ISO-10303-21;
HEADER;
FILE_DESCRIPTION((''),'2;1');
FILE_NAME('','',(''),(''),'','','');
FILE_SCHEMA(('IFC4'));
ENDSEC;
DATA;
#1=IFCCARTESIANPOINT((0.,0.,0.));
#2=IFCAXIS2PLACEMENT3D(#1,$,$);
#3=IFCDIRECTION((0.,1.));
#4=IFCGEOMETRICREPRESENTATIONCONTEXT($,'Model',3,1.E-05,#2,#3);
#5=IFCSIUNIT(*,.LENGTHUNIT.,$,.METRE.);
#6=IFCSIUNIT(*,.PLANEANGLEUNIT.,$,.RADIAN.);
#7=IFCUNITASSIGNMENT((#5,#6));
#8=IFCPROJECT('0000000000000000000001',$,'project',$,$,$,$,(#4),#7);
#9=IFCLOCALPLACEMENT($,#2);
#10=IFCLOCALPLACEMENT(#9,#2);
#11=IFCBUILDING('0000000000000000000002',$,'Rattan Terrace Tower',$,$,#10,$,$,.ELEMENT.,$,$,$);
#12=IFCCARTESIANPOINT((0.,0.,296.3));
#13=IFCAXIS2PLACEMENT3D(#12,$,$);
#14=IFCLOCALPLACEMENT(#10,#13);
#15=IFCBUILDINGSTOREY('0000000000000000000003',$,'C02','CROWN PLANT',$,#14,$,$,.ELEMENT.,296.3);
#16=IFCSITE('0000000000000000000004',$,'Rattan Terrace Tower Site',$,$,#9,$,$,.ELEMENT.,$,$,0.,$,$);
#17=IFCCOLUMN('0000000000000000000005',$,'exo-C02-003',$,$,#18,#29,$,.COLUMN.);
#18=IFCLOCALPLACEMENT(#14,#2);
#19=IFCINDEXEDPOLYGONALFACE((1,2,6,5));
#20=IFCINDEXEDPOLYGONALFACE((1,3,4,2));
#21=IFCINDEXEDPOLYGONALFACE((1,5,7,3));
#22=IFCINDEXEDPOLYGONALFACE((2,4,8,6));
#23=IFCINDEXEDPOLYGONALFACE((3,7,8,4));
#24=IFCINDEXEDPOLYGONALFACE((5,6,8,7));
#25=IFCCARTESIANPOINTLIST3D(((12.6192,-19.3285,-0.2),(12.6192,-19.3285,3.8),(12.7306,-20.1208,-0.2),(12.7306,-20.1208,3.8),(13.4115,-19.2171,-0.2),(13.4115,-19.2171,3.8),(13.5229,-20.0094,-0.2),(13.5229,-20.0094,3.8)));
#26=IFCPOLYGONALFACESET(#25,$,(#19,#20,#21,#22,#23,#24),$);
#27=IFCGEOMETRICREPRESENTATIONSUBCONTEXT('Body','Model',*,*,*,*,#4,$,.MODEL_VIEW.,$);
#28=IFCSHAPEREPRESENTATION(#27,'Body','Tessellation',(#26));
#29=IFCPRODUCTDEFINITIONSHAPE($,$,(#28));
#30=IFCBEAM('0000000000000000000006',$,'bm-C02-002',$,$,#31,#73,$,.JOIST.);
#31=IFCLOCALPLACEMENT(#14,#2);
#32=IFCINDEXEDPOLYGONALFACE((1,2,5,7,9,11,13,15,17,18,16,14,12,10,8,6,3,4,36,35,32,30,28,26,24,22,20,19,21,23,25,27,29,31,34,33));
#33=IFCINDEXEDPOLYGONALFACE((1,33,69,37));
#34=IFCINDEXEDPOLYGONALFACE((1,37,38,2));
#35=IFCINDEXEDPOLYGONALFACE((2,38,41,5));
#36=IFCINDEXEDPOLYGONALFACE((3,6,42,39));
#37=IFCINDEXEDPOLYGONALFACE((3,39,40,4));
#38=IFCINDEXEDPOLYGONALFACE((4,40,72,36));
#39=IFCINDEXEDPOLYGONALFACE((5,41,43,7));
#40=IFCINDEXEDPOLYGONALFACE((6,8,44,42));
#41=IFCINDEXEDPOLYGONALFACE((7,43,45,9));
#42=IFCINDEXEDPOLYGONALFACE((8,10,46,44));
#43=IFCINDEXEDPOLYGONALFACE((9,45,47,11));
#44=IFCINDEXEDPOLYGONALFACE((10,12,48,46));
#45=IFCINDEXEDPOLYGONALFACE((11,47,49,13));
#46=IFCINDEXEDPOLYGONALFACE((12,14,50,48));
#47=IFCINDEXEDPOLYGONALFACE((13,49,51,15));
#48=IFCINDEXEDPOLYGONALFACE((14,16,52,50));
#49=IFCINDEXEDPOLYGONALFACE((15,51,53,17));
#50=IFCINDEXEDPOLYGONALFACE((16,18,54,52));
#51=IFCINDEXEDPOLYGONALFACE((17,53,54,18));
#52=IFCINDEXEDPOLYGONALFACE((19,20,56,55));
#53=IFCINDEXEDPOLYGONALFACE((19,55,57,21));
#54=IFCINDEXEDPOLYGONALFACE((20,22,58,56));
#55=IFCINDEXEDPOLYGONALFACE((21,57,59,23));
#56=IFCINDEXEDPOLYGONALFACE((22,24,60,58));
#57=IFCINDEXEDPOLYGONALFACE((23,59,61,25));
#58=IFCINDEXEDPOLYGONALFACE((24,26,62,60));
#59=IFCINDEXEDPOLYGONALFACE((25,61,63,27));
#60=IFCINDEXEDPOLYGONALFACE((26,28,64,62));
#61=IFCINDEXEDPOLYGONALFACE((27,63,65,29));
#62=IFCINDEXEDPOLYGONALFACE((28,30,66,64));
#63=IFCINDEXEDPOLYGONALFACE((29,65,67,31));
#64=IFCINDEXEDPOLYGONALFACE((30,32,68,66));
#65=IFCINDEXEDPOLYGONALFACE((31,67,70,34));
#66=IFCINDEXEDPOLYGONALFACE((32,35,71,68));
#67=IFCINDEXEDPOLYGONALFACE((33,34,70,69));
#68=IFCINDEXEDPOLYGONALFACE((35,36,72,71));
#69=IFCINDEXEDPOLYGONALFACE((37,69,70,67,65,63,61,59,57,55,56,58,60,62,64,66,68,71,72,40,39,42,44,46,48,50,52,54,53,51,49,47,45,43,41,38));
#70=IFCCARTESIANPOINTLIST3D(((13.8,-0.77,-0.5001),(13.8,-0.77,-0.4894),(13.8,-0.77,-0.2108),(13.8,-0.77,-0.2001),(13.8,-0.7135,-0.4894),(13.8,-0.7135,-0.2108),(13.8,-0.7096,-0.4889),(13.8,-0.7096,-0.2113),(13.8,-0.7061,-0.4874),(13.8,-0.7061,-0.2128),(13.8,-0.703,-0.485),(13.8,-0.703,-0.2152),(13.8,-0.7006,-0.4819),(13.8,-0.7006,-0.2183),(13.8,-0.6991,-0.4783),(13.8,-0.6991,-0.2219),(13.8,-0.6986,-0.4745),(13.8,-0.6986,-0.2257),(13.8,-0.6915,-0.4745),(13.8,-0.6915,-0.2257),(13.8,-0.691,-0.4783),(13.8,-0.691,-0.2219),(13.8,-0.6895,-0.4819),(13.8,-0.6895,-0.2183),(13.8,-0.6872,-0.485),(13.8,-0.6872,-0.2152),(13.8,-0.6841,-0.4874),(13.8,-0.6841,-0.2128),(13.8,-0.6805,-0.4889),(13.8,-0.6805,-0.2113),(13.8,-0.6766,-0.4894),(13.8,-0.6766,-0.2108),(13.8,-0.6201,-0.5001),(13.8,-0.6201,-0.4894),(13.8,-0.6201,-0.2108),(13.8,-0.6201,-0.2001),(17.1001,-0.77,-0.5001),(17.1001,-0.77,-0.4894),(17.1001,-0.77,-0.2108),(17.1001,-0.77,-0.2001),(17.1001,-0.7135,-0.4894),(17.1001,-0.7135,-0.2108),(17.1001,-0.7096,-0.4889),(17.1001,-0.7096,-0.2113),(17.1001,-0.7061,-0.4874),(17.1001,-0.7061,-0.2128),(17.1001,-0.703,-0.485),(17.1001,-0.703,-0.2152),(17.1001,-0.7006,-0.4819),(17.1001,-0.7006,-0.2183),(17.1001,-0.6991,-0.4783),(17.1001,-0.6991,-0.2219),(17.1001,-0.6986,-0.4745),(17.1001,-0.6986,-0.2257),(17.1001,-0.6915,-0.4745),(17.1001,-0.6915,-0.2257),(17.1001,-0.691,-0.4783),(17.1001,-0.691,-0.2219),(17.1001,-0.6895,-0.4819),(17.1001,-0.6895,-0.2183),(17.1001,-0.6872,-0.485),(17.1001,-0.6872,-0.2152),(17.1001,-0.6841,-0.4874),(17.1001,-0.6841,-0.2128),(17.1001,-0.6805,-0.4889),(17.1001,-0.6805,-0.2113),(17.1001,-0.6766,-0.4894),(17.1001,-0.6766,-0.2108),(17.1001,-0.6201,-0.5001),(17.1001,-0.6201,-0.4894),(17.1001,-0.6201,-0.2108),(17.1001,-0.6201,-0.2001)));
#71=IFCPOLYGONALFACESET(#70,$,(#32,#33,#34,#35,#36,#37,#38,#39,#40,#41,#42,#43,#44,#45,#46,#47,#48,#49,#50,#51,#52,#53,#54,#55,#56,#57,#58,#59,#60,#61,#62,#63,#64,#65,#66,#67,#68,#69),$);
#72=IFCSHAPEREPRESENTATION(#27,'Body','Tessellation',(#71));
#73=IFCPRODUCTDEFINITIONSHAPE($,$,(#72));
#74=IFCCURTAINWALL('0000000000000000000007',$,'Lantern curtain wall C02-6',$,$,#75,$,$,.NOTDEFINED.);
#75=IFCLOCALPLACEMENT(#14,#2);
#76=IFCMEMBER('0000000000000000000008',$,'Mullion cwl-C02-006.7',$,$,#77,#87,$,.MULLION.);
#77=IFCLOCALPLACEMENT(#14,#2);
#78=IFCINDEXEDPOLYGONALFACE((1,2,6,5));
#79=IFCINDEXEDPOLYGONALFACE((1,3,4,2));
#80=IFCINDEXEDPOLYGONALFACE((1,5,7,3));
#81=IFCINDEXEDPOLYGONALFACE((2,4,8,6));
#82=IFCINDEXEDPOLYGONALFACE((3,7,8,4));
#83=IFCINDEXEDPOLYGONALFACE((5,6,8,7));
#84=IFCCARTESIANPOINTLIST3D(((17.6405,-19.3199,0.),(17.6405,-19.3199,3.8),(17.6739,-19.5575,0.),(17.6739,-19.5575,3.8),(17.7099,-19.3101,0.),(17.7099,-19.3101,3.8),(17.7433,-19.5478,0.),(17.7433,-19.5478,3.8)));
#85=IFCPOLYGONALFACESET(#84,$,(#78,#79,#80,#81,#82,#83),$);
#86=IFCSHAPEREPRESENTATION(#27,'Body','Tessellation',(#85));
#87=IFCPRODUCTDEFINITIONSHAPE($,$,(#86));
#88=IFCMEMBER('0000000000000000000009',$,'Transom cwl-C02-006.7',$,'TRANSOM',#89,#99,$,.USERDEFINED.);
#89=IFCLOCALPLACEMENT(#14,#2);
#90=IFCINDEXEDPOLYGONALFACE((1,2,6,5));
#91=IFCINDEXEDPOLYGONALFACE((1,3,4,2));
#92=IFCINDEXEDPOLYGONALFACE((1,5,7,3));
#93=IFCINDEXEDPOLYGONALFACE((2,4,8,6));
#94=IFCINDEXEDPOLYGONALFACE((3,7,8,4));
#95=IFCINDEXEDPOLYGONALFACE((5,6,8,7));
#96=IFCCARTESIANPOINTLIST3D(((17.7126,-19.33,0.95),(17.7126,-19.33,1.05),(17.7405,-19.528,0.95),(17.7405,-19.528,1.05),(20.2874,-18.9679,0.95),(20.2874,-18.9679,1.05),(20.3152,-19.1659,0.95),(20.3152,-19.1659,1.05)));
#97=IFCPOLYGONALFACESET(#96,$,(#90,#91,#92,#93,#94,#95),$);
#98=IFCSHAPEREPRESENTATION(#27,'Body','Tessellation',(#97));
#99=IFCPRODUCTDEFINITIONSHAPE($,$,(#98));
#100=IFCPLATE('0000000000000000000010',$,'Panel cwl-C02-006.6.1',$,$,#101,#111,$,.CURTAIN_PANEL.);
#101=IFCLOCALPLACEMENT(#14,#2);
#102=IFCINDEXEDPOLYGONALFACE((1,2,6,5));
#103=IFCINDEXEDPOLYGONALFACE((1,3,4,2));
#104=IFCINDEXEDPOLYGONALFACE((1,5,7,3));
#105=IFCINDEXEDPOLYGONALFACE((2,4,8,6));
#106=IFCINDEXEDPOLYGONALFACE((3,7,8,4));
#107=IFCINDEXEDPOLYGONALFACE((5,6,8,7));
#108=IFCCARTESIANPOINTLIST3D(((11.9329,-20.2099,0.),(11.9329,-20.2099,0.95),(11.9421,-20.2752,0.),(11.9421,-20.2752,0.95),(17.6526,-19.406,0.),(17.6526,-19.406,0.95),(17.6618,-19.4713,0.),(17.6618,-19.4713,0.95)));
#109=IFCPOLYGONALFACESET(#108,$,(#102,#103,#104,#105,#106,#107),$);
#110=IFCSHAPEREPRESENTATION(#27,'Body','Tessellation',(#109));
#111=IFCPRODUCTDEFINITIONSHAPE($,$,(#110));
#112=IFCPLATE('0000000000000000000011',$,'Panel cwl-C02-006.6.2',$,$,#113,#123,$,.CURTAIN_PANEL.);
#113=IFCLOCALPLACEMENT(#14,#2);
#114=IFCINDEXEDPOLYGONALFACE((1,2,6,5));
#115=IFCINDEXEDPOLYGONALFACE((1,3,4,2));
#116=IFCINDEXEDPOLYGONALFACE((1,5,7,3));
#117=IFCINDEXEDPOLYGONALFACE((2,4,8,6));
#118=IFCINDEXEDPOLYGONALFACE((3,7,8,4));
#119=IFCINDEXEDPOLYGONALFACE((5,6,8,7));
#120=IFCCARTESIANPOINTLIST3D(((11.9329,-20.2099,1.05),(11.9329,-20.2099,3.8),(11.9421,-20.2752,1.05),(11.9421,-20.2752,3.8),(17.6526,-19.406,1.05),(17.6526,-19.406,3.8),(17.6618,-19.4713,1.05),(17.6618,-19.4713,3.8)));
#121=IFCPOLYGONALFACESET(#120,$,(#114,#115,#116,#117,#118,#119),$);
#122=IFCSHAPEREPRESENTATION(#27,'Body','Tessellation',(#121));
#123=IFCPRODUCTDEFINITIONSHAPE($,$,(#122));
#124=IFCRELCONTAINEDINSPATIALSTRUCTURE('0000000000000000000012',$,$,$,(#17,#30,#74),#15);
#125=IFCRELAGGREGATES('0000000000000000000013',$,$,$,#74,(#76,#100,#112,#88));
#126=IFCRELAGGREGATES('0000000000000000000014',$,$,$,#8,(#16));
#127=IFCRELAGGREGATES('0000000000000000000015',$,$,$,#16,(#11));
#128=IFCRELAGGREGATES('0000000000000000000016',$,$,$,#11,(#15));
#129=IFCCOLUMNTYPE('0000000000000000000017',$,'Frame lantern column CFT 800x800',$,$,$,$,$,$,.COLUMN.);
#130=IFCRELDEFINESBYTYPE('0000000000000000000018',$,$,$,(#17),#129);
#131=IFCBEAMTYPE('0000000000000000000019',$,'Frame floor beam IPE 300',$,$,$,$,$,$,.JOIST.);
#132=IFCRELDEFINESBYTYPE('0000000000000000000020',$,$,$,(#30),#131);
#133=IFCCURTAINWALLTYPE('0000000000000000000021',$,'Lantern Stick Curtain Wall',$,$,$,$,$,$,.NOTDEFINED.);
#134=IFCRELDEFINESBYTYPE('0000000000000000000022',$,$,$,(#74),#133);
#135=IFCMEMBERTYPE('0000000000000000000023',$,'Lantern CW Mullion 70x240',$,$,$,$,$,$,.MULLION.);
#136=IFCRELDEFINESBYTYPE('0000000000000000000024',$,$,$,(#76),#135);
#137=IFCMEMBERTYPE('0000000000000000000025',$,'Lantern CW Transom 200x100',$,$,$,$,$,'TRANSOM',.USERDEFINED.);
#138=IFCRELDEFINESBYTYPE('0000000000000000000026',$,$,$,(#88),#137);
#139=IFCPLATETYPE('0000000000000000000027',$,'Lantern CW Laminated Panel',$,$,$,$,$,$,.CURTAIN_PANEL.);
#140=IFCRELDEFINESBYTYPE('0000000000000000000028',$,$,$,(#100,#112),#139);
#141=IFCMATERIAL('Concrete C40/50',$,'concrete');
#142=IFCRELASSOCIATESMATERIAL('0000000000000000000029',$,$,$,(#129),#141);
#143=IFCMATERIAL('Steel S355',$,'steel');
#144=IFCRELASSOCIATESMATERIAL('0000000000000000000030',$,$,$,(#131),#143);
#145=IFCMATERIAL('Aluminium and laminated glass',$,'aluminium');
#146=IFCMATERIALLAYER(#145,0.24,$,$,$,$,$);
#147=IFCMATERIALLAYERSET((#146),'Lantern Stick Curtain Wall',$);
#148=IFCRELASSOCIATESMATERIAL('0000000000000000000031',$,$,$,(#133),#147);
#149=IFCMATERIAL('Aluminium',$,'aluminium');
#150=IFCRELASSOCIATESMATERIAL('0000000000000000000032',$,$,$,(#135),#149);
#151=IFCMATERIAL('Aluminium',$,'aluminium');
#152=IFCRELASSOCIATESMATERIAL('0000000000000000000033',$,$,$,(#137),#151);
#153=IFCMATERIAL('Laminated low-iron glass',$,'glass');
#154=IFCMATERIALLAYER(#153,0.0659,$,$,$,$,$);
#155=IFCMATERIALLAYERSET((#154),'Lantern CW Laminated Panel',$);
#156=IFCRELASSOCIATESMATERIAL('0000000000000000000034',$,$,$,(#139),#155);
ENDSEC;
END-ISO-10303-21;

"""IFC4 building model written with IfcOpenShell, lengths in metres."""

from ifc_helpers import new_model, si_unit, direction, frame, origin, origin_2d, place, context, subcontext, project, spatial, rectangle, i_section, extrude, material, layer, layer_set, material_profile, profile_set, type_object, element, aggregate, save


model = new_model("IFC4")

# Units and contexts
model_context = context("Model", 3, precision=1e-05, world=origin(), true_north=direction((0.0, 1.0)))
body_context = subcontext(model_context, "Body", "Model", "MODEL_VIEW")
ifc_project = project(units=[si_unit("LENGTHUNIT", "METRE"), si_unit("PLANEANGLEUNIT", "RADIAN")], contexts=[model_context])

# Site, building, storey
site_placement = place(None, origin())
site = spatial("IfcSite", under=ifc_project, at=site_placement, Name="Rattan Terrace Tower Site", CompositionType="ELEMENT", RefElevation=0.0)
building_placement = place(site_placement, origin())
building = spatial("IfcBuilding", under=site, at=building_placement, Name="Rattan Terrace Tower", CompositionType="ELEMENT")
storey_placement = place(building_placement, frame((0.0, 0.0, 296.3)))
storey = spatial("IfcBuildingStorey", under=building, at=storey_placement, Name="C02", Description="CROWN PLANT", CompositionType="ELEMENT", Elevation=296.3)

# Column
ifc_material_1 = material(Name="Concrete C40/50", Category="concrete")
ifc_material_profile_1 = material_profile(ifc_material_1, rectangle(XDim=0.8, YDim=0.8, at=origin_2d()), Name="CFT 800x800")
ifc_profile_set_1 = profile_set([ifc_material_profile_1], Name="Concrete C40/50")
column_type = type_object("IfcColumnType", Name="Frame lantern column CFT 800x800", PredefinedType="COLUMN", material=ifc_profile_set_1)
column_placement = place(storey_placement, frame((13.071, -19.6689, -0.2), z_axis=(0.0, 0.0, 1.0), x_axis=(0.990266, 0.13919, 0.0)))
element("IfcColumn", 1, at=column_placement, inside=storey, type_object=column_type, Name="exo-C02-003", PredefinedType="COLUMN", context=body_context, shape_type="SweptSolid", body=[
    extrude(rectangle(XDim=0.8, YDim=0.8, at=origin_2d()), origin(), (0.0, 0.0, 1.0), 4.0),
])

# Beam
ifc_material_2 = material(Name="Steel S355", Category="steel")
ifc_material_profile_2 = material_profile(ifc_material_2, i_section(OverallWidth=0.1499, OverallDepth=0.3, WebThickness=0.0071, FlangeThickness=0.0107, FilletRadius=0.0149, at=origin_2d()), Name="IPE 300")
ifc_profile_set_2 = profile_set([ifc_material_profile_2], Name="Steel S355")
beam_type = type_object("IfcBeamType", Name="Frame floor beam IPE 300", PredefinedType="JOIST", material=ifc_profile_set_2)
beam_placement = place(storey_placement, frame((13.8, -0.6951, -0.3501), z_axis=(1.0, 0.0, 0.0), x_axis=(0.0, 1.0, 0.0)))
element("IfcBeam", 2, at=beam_placement, inside=storey, type_object=beam_type, Name="bm-C02-002", PredefinedType="JOIST", context=body_context, shape_type="SweptSolid", body=[
    extrude(i_section(OverallWidth=0.1499, OverallDepth=0.3, WebThickness=0.0071, FlangeThickness=0.0107, FilletRadius=0.0149, at=origin_2d()), origin(), (0.0, 0.0, 1.0), 3.3),
])

# Curtain wall, members, plates
ifc_material_3 = material(Name="Aluminium and laminated glass", Category="aluminium")
ifc_layer_1 = layer(ifc_material_3, 0.24)
ifc_layer_set_1 = layer_set([ifc_layer_1], Name="Lantern Stick Curtain Wall")
curtain_wall_type = type_object("IfcCurtainWallType", Name="Lantern Stick Curtain Wall", PredefinedType="NOTDEFINED", material=ifc_layer_set_1)
curtain_wall_placement = place(storey_placement, origin())
curtain_wall = element("IfcCurtainWall", 3, at=curtain_wall_placement, inside=storey, type_object=curtain_wall_type, Name="Lantern curtain wall C02-6", PredefinedType="NOTDEFINED")
ifc_material_4 = material(Name="Aluminium", Category="aluminium")
ifc_material_profile_3 = material_profile(ifc_material_4, rectangle(XDim=0.0701, YDim=0.24, at=origin_2d()), Name="Aluminium 70x240")
ifc_profile_set_3 = profile_set([ifc_material_profile_3], Name="Aluminium")
member_type_1 = type_object("IfcMemberType", Name="Lantern CW Mullion 70x240", PredefinedType="MULLION", material=ifc_profile_set_3)
member_1_placement = place(storey_placement, frame((17.6919, -19.4338, 0.0), z_axis=(0.0, 0.0, 1.0), x_axis=(0.990267, 0.139181, 0.0)))
member_1 = element("IfcMember", 4, at=member_1_placement, type_object=member_type_1, Name="Mullion cwl-C02-006.7", PredefinedType="MULLION", context=body_context, shape_type="SweptSolid", body=[
    extrude(rectangle(XDim=0.0701, YDim=0.24, at=origin_2d()), origin(), (0.0, 0.0, 1.0), 3.8),
])
ifc_material_5 = material(Name="Aluminium", Category="aluminium")
ifc_material_profile_4 = material_profile(ifc_material_5, rectangle(XDim=0.2, YDim=0.1001, at=origin_2d()), Name="Aluminium 200x100")
ifc_profile_set_4 = profile_set([ifc_material_profile_4], Name="Aluminium")
member_type_2 = type_object("IfcMemberType", Name="Lantern CW Transom 200x100", ElementType="TRANSOM", PredefinedType="USERDEFINED", material=ifc_profile_set_4)
member_2_placement = place(storey_placement, frame((17.7266, -19.429, 1.0), z_axis=(0.990257, 0.139252, 0.0), x_axis=(-0.139252, 0.990257, 0.0)))
member_2 = element("IfcMember", 5, at=member_2_placement, type_object=member_type_2, Name="Transom cwl-C02-006.7", ObjectType="TRANSOM", PredefinedType="USERDEFINED", context=body_context, shape_type="SweptSolid", body=[
    extrude(rectangle(XDim=0.2, YDim=0.1001, at=origin_2d()), origin(), (0.0, 0.0, 1.0), 2.6001),
])
ifc_material_6 = material(Name="Laminated low-iron glass", Category="glass")
ifc_layer_2 = layer(ifc_material_6, 0.0659)
ifc_layer_set_2 = layer_set([ifc_layer_2], Name="Lantern CW Laminated Panel")
plate_type = type_object("IfcPlateType", Name="Lantern CW Laminated Panel", PredefinedType="CURTAIN_PANEL", material=ifc_layer_set_2)
plate_1_placement = place(storey_placement, frame((14.7974, -19.8406, 0.0), z_axis=(0.0, 0.0, 1.0), x_axis=(0.990267, 0.139181, 0.0)))
plate_1 = element("IfcPlate", 6, at=plate_1_placement, type_object=plate_type, Name="Panel cwl-C02-006.6.1", PredefinedType="CURTAIN_PANEL", context=body_context, shape_type="SweptSolid", body=[
    extrude(rectangle(XDim=5.7759, YDim=0.0659, at=origin_2d()), origin(), (0.0, 0.0, 1.0), 0.95),
])
plate_2_placement = place(storey_placement, frame((14.7974, -19.8406, 1.05), z_axis=(0.0, 0.0, 1.0), x_axis=(0.990267, 0.139181, 0.0)))
plate_2 = element("IfcPlate", 7, at=plate_2_placement, type_object=plate_type, Name="Panel cwl-C02-006.6.2", PredefinedType="CURTAIN_PANEL", context=body_context, shape_type="SweptSolid", body=[
    extrude(rectangle(XDim=5.7759, YDim=0.0659, at=origin_2d()), origin(), (0.0, 0.0, 1.0), 2.75),
])
aggregate(curtain_wall, [member_1, plate_1, plate_2, member_2])

save(model, "model.ifc")
